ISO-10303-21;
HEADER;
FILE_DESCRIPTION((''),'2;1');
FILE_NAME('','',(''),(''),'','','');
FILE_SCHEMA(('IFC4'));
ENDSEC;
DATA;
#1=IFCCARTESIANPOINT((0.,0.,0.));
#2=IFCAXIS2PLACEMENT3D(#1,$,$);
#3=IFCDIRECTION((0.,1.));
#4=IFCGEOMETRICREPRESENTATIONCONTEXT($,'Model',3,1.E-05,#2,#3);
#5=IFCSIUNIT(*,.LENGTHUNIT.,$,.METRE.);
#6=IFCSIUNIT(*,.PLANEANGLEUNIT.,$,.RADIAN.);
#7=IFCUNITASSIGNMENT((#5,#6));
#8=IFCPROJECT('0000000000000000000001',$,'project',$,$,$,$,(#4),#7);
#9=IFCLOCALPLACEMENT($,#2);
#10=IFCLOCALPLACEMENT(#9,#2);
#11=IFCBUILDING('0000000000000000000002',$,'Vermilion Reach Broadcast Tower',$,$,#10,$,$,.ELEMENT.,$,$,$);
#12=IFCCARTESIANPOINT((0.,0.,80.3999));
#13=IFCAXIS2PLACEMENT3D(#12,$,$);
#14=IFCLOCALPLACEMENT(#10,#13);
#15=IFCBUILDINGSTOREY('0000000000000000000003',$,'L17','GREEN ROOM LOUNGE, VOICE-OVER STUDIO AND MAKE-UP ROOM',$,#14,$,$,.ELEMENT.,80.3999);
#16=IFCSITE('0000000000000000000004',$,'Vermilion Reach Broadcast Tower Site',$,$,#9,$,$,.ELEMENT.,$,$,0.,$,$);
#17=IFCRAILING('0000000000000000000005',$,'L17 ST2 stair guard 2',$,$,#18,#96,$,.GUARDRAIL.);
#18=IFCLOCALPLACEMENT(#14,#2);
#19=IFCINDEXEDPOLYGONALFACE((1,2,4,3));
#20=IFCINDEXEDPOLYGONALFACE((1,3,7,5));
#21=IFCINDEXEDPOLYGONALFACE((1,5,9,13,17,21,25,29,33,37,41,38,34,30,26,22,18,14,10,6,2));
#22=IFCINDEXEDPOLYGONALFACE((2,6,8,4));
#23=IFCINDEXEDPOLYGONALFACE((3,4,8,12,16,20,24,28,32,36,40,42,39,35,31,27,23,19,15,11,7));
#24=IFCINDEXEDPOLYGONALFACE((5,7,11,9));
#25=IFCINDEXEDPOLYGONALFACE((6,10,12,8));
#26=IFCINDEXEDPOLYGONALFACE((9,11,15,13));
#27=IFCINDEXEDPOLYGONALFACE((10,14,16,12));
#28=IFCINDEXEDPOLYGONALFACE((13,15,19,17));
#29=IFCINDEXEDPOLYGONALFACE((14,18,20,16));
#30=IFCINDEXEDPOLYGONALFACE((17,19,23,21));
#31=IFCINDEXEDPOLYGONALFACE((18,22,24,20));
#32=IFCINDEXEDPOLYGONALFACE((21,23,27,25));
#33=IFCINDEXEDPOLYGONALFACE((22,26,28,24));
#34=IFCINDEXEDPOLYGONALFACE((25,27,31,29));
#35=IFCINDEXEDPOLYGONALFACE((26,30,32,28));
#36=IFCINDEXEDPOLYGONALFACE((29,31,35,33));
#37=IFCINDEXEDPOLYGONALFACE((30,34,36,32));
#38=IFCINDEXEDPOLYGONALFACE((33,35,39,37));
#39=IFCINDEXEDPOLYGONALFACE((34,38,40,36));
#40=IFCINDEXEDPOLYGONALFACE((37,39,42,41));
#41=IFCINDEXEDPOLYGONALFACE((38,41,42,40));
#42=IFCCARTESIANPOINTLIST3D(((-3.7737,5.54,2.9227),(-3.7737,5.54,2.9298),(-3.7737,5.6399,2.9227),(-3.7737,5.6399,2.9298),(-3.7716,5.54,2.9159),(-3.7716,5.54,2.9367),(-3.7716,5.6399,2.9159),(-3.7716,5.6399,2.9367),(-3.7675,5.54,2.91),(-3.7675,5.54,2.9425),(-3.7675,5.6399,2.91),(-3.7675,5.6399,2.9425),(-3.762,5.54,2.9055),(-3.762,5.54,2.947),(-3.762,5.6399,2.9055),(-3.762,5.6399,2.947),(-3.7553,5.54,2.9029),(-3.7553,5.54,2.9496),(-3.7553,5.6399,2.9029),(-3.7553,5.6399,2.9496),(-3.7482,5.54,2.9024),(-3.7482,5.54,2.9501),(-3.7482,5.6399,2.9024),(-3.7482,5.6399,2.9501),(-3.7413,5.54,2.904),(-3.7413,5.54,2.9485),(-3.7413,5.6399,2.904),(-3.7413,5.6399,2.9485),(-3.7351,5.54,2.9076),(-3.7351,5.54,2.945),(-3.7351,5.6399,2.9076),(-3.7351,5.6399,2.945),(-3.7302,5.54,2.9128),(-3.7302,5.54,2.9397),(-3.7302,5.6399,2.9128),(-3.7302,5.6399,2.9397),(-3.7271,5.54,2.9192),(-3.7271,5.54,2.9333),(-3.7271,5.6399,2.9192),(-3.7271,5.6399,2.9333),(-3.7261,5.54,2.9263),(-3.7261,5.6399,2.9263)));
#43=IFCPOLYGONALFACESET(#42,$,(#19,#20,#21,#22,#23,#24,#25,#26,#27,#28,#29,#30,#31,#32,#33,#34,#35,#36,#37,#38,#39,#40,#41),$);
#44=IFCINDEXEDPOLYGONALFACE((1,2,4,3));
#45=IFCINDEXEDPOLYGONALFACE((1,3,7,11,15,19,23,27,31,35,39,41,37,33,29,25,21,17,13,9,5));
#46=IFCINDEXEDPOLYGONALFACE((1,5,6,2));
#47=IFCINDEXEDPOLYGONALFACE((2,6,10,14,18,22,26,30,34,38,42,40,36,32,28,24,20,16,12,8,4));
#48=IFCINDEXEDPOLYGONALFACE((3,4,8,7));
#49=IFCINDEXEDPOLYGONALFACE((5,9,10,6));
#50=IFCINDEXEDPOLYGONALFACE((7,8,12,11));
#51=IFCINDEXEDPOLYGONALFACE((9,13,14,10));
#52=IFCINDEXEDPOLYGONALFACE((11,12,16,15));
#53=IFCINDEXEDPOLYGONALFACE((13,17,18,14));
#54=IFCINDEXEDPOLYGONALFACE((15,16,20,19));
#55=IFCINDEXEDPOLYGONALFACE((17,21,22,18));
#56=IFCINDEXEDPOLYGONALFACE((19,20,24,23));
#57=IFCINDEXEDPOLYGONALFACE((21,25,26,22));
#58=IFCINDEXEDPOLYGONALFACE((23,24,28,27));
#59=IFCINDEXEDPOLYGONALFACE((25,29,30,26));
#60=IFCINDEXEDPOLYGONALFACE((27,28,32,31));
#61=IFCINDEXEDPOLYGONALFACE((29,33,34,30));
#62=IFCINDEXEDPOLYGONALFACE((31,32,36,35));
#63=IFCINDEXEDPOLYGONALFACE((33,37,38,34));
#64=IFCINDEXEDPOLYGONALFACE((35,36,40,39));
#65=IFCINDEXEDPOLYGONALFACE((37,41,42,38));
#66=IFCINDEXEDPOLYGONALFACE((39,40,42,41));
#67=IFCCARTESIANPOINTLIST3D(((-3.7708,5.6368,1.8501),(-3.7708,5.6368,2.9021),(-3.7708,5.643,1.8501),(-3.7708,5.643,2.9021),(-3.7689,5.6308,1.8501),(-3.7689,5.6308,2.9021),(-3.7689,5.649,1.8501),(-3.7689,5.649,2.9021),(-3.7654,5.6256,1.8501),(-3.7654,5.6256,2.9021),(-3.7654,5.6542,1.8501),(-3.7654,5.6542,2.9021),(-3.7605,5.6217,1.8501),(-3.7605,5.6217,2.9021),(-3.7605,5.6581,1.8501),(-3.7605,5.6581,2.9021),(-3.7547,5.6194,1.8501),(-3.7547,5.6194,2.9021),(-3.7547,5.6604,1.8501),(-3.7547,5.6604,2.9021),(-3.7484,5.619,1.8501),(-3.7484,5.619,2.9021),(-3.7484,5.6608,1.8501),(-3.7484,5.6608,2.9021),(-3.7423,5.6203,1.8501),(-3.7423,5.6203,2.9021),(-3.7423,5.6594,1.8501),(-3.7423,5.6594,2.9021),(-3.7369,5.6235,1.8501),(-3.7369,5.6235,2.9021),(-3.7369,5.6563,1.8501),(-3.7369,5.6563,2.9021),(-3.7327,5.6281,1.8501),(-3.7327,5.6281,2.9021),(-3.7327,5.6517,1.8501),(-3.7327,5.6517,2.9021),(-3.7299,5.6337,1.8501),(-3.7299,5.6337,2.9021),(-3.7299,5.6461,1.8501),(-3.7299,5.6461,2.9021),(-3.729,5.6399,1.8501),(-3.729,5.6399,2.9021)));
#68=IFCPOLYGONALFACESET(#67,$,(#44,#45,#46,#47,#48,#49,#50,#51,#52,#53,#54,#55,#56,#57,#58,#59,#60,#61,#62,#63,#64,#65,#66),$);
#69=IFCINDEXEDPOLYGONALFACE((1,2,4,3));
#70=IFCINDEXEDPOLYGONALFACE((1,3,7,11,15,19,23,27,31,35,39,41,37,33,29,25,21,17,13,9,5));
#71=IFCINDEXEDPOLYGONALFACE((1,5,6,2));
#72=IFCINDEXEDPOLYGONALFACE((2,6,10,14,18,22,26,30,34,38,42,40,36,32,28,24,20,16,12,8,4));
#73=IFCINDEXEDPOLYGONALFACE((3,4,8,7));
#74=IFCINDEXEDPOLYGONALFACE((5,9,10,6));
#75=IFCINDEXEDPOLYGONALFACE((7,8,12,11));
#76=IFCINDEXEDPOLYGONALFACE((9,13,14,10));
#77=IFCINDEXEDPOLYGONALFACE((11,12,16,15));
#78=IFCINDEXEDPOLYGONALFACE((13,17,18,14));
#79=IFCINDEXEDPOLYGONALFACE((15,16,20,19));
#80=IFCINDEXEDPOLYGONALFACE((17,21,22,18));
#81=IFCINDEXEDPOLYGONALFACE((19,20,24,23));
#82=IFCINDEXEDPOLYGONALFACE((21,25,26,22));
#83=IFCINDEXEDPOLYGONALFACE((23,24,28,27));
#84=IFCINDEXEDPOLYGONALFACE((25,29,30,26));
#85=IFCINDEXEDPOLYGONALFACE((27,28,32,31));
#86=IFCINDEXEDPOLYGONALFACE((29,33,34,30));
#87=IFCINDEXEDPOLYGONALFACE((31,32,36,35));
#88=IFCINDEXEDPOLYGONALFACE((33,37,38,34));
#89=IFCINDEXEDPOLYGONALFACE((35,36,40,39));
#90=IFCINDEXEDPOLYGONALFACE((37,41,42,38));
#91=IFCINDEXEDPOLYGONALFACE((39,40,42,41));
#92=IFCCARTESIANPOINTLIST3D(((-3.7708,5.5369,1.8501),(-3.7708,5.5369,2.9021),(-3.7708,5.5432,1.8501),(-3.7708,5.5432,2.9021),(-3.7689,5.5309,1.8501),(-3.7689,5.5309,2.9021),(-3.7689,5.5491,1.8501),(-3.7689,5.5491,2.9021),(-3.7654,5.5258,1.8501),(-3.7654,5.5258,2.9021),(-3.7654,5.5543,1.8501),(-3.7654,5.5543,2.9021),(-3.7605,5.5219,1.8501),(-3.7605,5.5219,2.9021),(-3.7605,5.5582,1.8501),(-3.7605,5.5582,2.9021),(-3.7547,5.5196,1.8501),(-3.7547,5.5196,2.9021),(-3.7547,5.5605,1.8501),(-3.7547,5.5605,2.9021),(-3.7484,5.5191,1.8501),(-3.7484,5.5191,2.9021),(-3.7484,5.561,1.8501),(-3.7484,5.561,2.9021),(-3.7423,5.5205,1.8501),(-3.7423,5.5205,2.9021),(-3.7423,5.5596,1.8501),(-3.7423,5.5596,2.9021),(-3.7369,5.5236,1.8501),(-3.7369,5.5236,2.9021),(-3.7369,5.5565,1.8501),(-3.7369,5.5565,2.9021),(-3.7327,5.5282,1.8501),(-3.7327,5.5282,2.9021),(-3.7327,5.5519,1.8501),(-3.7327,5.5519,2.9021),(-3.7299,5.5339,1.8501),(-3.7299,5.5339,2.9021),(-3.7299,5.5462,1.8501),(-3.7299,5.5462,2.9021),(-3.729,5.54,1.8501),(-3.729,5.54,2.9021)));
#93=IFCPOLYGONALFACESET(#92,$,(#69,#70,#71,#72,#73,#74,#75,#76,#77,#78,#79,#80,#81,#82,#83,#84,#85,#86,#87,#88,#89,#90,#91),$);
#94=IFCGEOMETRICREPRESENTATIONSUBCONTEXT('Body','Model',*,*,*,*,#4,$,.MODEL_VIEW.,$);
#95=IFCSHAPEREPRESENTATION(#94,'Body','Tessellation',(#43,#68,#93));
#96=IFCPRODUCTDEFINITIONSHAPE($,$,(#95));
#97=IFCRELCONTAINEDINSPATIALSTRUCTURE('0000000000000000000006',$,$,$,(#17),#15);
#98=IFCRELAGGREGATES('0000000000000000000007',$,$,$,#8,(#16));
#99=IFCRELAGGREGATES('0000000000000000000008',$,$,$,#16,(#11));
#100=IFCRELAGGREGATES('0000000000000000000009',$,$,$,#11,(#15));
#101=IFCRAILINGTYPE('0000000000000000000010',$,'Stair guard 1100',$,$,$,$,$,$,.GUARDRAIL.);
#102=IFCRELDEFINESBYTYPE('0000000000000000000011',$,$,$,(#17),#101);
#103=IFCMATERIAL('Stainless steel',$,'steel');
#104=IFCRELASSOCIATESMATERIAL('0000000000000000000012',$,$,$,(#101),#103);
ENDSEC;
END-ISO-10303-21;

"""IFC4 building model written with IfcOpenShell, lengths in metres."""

from ifc_helpers import new_model, si_unit, direction, frame, origin, origin_2d, place, context, subcontext, project, spatial, circle, extrude, material, type_object, element, save


model = new_model("IFC4")

# Units and contexts
model_context = context("Model", 3, precision=1e-05, world=origin(), true_north=direction((0.0, 1.0)))
body_context = subcontext(model_context, "Body", "Model", "MODEL_VIEW")
ifc_project = project(units=[si_unit("LENGTHUNIT", "METRE"), si_unit("PLANEANGLEUNIT", "RADIAN")], contexts=[model_context])

# Site, building, storey
site_placement = place(None, origin())
site = spatial("IfcSite", under=ifc_project, at=site_placement, Name="Vermilion Reach Broadcast Tower Site", CompositionType="ELEMENT", RefElevation=0.0)
building_placement = place(site_placement, origin())
building = spatial("IfcBuilding", under=site, at=building_placement, Name="Vermilion Reach Broadcast Tower", CompositionType="ELEMENT")
storey_placement = place(building_placement, frame((0.0, 0.0, 80.3999)))
storey = spatial("IfcBuildingStorey", under=building, at=storey_placement, Name="L17", Description="GREEN ROOM LOUNGE, VOICE-OVER STUDIO AND MAKE-UP ROOM", CompositionType="ELEMENT", Elevation=80.3999)

# Railing
ifc_material_1 = material(Name="Stainless steel", Category="steel")
railing_type_1 = type_object("IfcRailingType", Name="Stair guard 1100", PredefinedType="GUARDRAIL", material=ifc_material_1)
railing_1_placement = place(storey_placement, frame((-3.75, 5.6399, 1.8501)))
element("IfcRailing", 1, at=railing_1_placement, inside=storey, type_object=railing_type_1, Name="L17 ST2 stair guard 2", PredefinedType="GUARDRAIL", context=body_context, shape_type="SweptSolid", body=[
    extrude(circle(Radius=0.0239, at=origin_2d()), frame((0.0, 0.0, 1.0762), z_axis=(0.0, -1.0, 0.0), x_axis=(1.0, 0.0, 0.0)), (0.0, 0.0, 1.0), 0.0999),
    extrude(circle(Radius=0.021, at=origin_2d()), origin(), (0.0, 0.0, 1.0), 1.052),
    extrude(circle(Radius=0.021, at=origin_2d()), frame((0.0, -0.0999, 0.0)), (0.0, 0.0, 1.0), 1.052),
])

save(model, "model.ifc")
